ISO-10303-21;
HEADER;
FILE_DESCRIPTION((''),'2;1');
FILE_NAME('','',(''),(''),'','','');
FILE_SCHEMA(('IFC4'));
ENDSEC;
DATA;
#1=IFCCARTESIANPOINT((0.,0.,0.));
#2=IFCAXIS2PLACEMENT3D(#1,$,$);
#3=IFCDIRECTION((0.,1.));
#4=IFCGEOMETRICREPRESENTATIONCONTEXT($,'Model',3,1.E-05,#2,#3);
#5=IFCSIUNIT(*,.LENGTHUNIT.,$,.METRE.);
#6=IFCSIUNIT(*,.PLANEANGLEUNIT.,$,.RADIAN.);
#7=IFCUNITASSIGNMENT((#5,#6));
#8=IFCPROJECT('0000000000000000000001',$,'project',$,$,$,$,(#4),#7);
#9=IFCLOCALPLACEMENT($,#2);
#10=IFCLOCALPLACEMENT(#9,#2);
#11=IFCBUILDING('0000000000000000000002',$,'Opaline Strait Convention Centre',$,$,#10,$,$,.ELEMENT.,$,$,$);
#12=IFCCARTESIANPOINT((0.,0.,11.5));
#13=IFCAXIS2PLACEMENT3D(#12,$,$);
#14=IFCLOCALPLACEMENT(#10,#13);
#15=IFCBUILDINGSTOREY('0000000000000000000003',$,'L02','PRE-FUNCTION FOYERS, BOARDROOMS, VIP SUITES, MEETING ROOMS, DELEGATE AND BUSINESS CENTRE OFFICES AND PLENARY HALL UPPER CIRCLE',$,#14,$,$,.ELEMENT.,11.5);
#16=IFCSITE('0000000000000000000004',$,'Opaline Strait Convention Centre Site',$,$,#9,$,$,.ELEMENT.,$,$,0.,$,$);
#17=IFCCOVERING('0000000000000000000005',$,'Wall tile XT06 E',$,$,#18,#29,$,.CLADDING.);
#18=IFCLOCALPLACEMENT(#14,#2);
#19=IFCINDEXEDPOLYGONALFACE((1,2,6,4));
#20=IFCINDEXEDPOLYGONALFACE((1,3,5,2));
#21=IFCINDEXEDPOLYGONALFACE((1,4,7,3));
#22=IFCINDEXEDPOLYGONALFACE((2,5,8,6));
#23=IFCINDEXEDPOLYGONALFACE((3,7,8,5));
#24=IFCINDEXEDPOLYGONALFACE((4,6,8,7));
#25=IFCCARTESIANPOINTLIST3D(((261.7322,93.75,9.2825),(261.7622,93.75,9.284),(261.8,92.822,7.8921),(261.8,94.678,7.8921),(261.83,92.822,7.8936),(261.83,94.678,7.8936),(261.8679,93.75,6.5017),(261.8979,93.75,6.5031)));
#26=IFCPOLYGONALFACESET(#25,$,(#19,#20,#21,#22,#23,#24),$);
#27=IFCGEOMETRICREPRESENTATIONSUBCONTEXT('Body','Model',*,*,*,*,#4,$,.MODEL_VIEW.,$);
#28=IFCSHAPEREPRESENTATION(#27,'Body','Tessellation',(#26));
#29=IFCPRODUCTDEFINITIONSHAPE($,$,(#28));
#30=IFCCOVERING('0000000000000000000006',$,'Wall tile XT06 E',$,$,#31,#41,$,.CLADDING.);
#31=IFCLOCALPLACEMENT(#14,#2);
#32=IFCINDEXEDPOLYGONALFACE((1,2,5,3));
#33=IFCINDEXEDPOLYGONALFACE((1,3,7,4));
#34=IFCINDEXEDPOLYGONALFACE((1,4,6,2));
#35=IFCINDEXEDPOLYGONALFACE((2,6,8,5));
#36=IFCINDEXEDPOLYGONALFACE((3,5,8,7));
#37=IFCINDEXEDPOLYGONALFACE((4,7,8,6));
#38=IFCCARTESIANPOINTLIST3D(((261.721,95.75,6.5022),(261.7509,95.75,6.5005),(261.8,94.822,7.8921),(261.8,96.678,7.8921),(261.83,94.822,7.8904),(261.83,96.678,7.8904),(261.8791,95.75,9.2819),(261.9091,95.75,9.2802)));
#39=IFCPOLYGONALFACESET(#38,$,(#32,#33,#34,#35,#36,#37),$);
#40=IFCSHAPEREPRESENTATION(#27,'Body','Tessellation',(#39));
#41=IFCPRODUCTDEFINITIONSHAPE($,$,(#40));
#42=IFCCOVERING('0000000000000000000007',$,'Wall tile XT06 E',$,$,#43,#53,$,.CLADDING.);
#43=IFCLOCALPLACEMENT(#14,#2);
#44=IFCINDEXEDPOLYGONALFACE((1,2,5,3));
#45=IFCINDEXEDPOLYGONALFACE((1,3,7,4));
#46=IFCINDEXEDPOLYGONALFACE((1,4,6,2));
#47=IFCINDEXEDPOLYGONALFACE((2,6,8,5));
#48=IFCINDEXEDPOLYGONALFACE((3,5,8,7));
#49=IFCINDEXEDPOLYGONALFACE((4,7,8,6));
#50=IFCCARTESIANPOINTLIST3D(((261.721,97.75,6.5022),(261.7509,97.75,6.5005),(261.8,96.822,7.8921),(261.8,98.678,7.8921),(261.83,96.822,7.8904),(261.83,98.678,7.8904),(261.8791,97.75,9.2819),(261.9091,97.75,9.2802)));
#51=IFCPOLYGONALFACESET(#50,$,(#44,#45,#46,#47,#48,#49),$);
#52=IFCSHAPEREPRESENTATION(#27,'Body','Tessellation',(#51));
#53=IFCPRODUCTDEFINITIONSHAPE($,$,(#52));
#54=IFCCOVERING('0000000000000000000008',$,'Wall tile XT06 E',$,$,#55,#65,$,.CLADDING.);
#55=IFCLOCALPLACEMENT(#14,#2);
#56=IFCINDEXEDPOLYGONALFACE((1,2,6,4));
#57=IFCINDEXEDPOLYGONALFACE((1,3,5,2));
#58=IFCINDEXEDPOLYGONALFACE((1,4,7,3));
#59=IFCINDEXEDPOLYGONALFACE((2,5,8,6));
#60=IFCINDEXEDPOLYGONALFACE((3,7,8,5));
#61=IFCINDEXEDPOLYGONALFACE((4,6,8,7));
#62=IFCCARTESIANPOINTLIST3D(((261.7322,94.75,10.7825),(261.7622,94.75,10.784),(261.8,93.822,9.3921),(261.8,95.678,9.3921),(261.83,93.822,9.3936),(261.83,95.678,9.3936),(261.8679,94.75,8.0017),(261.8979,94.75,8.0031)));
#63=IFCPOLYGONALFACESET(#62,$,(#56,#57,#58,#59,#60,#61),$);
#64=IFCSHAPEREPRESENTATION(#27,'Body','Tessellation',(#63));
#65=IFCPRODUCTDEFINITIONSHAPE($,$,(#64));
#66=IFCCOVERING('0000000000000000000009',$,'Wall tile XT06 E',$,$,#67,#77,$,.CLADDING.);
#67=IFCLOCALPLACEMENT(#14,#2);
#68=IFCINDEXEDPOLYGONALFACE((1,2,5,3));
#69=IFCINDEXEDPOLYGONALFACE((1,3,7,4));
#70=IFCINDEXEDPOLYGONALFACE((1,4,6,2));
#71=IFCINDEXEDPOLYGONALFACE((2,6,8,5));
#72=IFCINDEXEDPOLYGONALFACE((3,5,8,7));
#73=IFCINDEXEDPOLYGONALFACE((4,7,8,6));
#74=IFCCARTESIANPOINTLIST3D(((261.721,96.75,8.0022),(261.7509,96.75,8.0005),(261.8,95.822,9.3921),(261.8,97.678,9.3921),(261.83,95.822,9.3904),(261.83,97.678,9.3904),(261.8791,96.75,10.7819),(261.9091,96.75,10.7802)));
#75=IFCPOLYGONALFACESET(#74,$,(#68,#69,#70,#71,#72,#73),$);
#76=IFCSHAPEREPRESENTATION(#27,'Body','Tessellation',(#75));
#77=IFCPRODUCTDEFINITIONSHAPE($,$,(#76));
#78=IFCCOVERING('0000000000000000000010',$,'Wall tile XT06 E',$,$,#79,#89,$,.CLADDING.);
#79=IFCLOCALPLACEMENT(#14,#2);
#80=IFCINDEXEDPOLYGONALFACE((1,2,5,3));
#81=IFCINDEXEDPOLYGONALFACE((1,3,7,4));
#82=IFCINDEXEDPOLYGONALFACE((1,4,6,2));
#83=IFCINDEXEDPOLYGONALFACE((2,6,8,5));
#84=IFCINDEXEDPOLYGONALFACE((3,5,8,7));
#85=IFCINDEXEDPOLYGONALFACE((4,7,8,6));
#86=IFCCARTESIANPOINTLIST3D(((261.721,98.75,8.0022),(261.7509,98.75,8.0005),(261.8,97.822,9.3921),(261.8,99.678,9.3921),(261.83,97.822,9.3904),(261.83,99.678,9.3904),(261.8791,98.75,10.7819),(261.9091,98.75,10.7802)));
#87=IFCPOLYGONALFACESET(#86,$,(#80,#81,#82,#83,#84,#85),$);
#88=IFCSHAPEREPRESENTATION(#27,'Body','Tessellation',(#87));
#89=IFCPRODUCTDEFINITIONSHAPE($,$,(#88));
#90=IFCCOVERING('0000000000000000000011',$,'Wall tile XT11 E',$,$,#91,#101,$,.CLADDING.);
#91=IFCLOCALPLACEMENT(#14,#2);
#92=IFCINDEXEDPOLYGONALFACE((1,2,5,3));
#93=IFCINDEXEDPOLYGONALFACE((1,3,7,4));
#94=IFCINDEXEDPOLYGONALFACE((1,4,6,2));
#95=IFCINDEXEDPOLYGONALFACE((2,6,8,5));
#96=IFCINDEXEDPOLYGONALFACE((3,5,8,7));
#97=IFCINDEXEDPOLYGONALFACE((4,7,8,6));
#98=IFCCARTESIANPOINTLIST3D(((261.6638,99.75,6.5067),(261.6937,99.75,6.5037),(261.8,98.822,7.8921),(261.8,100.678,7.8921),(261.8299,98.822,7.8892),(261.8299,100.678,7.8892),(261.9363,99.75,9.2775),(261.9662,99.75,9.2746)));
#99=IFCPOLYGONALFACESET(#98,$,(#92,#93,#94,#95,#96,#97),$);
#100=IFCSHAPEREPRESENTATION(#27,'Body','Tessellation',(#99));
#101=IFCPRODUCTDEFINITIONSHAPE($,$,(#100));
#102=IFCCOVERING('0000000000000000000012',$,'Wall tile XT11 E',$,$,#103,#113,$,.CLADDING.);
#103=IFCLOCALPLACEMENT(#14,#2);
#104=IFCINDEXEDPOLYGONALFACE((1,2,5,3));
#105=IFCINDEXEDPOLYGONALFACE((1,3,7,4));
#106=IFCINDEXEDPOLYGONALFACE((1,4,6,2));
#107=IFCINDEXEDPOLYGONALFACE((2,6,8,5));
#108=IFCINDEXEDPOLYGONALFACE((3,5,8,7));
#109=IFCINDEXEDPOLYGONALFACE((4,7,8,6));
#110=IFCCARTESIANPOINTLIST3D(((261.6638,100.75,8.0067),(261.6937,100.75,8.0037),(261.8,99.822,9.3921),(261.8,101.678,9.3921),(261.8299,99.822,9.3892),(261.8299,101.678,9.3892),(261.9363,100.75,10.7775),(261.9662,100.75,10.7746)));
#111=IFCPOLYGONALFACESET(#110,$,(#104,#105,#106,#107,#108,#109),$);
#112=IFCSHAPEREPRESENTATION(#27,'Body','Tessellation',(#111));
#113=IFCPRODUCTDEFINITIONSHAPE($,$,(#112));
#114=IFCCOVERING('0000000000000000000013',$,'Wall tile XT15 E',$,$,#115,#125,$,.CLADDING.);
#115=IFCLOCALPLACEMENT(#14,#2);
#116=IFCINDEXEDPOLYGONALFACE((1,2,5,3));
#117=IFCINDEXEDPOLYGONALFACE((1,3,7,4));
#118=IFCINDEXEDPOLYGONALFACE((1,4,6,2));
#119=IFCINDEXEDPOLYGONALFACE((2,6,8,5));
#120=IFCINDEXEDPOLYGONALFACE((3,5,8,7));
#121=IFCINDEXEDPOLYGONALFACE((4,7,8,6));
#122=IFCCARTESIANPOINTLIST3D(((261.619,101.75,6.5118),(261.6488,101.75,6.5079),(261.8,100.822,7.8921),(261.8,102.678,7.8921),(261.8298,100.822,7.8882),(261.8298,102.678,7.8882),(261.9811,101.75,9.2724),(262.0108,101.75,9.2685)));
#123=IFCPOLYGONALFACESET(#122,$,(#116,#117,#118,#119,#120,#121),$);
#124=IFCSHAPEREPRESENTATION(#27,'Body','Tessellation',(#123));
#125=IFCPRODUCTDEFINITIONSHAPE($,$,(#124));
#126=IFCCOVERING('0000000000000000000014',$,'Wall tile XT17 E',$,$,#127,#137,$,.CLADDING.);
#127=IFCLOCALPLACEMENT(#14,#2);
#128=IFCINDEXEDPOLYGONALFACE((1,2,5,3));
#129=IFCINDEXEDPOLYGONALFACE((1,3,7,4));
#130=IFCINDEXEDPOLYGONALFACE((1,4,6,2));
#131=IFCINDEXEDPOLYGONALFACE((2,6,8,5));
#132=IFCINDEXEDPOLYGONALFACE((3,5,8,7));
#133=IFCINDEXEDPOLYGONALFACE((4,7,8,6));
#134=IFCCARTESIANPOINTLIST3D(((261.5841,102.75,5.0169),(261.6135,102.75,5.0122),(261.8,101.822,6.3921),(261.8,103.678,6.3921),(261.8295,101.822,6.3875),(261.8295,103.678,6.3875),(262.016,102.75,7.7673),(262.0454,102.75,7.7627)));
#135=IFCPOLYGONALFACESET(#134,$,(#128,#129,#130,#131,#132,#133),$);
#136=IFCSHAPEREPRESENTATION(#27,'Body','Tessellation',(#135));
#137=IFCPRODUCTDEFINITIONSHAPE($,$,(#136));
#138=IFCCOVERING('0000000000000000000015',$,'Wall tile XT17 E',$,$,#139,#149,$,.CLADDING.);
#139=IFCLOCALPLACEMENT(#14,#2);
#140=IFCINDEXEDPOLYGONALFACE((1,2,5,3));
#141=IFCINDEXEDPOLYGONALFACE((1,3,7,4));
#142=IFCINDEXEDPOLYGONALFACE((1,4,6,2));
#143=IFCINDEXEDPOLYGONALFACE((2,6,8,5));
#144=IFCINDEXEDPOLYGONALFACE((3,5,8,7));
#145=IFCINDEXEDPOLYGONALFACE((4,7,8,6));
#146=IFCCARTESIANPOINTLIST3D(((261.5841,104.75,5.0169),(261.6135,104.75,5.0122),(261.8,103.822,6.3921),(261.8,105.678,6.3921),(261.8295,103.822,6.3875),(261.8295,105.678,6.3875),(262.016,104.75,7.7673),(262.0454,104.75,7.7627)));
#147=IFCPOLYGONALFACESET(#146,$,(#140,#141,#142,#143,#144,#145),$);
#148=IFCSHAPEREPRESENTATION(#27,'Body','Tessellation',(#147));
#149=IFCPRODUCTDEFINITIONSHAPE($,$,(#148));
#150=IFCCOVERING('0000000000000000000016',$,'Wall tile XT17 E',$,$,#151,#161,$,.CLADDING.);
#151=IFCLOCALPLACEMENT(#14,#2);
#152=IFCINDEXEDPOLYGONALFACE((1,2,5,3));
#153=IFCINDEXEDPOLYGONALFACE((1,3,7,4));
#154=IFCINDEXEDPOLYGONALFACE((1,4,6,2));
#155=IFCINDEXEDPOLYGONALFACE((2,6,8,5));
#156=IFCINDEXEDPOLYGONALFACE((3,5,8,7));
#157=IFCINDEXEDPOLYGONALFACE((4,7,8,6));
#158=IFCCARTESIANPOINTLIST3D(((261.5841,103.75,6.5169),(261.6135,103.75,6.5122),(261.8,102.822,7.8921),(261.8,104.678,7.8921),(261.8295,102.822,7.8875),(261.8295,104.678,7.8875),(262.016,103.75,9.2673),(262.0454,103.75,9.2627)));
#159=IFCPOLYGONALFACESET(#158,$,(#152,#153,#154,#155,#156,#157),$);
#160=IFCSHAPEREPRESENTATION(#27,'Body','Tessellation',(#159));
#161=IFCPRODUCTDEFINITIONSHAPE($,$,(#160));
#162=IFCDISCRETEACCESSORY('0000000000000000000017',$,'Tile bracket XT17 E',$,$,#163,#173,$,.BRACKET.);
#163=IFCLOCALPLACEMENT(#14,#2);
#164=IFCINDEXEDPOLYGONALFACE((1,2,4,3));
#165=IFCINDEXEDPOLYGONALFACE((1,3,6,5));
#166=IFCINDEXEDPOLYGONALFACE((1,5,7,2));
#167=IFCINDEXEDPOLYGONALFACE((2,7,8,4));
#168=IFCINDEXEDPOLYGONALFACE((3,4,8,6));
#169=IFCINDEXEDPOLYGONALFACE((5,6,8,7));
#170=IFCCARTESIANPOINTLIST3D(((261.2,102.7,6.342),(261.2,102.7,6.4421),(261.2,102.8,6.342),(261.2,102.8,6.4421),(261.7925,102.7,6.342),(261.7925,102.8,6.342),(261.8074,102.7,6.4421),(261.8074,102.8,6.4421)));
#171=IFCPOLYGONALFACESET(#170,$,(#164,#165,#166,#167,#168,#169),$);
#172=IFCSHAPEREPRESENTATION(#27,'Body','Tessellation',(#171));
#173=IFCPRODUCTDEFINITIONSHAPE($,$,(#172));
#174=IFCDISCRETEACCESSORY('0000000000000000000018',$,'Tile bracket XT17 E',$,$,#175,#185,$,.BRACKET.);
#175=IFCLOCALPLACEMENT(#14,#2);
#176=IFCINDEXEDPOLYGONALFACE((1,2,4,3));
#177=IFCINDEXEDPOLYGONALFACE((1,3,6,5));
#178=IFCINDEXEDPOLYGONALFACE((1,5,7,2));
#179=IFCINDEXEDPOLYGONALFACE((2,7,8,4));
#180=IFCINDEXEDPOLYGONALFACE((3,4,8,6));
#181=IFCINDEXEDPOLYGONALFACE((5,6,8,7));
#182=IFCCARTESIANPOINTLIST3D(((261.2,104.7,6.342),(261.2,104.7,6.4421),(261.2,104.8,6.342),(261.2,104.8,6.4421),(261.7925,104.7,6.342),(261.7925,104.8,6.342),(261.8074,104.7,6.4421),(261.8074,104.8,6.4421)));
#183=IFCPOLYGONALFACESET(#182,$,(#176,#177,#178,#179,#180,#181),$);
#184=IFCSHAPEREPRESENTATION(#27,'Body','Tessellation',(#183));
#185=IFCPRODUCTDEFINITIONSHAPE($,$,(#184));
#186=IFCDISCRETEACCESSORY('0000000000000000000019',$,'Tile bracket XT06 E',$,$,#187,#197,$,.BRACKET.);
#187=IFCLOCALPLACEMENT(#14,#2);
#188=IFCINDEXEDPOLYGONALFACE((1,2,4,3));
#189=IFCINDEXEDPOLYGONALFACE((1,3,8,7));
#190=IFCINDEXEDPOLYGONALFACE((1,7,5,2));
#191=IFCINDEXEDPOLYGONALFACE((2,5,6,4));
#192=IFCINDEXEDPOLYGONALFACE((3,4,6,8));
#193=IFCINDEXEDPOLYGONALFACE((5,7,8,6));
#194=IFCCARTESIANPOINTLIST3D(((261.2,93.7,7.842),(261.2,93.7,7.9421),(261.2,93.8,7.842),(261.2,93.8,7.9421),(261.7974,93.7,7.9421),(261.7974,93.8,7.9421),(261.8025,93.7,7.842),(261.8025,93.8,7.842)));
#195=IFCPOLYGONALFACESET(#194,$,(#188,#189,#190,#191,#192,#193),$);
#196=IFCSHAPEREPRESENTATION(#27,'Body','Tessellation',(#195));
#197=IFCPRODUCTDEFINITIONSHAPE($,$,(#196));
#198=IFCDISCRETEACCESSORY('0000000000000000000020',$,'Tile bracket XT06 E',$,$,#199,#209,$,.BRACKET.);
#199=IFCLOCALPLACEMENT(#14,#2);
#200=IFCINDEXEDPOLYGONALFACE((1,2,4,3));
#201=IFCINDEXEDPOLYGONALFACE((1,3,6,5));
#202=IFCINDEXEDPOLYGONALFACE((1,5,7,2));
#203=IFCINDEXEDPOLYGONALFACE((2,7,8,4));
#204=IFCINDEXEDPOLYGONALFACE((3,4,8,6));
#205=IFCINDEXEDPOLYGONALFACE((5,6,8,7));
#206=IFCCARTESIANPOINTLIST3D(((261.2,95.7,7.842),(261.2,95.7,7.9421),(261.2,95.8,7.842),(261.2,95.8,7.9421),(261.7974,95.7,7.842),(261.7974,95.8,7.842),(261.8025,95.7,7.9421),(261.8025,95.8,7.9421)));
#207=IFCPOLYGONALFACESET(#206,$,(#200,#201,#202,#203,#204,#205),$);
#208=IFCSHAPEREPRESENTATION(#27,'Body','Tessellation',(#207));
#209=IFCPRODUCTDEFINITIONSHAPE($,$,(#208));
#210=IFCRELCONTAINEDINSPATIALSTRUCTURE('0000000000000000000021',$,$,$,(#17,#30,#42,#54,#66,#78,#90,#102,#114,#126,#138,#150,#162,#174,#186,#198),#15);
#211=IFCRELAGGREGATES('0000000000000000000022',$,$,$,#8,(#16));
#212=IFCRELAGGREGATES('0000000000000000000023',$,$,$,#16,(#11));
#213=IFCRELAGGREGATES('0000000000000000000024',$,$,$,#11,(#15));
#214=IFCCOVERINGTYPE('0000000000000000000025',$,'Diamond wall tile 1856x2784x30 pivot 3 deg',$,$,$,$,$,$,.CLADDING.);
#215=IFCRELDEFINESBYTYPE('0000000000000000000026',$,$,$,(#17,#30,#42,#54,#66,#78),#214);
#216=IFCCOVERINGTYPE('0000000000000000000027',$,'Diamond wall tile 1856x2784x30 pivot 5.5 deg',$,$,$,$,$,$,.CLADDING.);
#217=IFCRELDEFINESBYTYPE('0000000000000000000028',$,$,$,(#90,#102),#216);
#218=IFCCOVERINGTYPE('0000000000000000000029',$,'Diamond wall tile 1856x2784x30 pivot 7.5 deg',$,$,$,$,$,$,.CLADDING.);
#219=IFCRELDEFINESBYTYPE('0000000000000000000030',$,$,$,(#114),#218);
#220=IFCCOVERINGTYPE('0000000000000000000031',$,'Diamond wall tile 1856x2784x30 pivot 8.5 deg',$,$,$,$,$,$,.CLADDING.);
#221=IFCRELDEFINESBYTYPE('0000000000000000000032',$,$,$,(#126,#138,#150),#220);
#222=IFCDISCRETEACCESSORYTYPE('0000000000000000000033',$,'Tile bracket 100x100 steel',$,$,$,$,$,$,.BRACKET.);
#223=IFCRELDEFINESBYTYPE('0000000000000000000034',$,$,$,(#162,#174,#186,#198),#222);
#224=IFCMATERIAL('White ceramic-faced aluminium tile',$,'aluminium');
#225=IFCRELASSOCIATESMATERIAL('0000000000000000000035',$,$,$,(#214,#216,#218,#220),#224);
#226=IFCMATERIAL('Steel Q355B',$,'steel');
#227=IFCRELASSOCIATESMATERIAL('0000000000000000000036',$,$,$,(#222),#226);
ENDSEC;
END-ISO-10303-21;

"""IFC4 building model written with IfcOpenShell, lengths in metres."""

from ifc_helpers import new_model, si_unit, direction, frame, origin, place, context, subcontext, project, spatial, polyline, outline, extrude, material, material_profile, profile_set, type_object, element, save


model = new_model("IFC4")

# Units and contexts
model_context = context("Model", 3, precision=1e-05, world=origin(), true_north=direction((0.0, 1.0)))
body_context = subcontext(model_context, "Body", "Model", "MODEL_VIEW")
ifc_project = project(units=[si_unit("LENGTHUNIT", "METRE"), si_unit("PLANEANGLEUNIT", "RADIAN")], contexts=[model_context])

# Site, building, storey
site_placement = place(None, origin())
site = spatial("IfcSite", under=ifc_project, at=site_placement, Name="Opaline Strait Convention Centre Site", CompositionType="ELEMENT", RefElevation=0.0)
building_placement = place(site_placement, origin())
building = spatial("IfcBuilding", under=site, at=building_placement, Name="Opaline Strait Convention Centre", CompositionType="ELEMENT")
storey_placement = place(building_placement, frame((0.0, 0.0, 11.5)))
storey = spatial("IfcBuildingStorey", under=building, at=storey_placement, Name="L02", Description="PRE-FUNCTION FOYERS, BOARDROOMS, VIP SUITES, MEETING ROOMS, DELEGATE AND BUSINESS CENTRE OFFICES AND PLENARY HALL UPPER CIRCLE", CompositionType="ELEMENT", Elevation=11.5)

# Coverings
ifc_material_1 = material(Name="White ceramic-faced aluminium tile", Category="aluminium")
ifc_material_profile_1 = material_profile(ifc_material_1, outline(polyline([(0.928, 0.0), (0.0, 1.3921), (-0.928, 0.0), (0.0, -1.3921), (0.928, 0.0)])), Name="Diamond tile 1856x2784")
ifc_profile_set_1 = profile_set([ifc_material_profile_1], Name="White ceramic-faced aluminium tile")
covering_type_1 = type_object("IfcCoveringType", Name="Diamond wall tile 1856x2784x30 pivot 3 deg", PredefinedType="CLADDING", material=ifc_profile_set_1)
for number, where, z_axis, x_axis, name in (
    (1, (261.8, 93.75, 7.8921), (0.998812, 0.0, 0.048723), (0.0, 1.0, 0.0), "Wall tile XT06 E"),
    (2, (261.8, 95.75, 7.8921), (0.998385, 0.0, -0.056819), (0.0, 1.0, 0.0), "Wall tile XT06 E"),
    (3, (261.8, 97.75, 7.8921), (0.998385, 0.0, -0.056819), (0.0, 1.0, 0.0), "Wall tile XT06 E"),
    (4, (261.8, 94.75, 9.3921), (0.998812, 0.0, 0.048723), (0.0, 1.0, 0.0), "Wall tile XT06 E"),
    (5, (261.8, 96.75, 9.3921), (0.998385, 0.0, -0.056819), (0.0, 1.0, 0.0), "Wall tile XT06 E"),
    (6, (261.8, 98.75, 9.3921), (0.998385, 0.0, -0.056819), (0.0, 1.0, 0.0), "Wall tile XT06 E"),
):
    element("IfcCovering", number, at=place(storey_placement, frame(where, z_axis=z_axis, x_axis=x_axis)), inside=storey, type_object=covering_type_1, Name=name, PredefinedType="CLADDING", context=body_context, shape_type="SweptSolid", body=[
        extrude(outline(polyline([(0.928, 0.0), (0.0, 1.3921), (-0.928, 0.0), (0.0, -1.3921), (0.928, 0.0)])), origin(), (0.0, 0.0, 1.0), 0.03),
    ])
ifc_material_profile_2 = material_profile(ifc_material_1, outline(polyline([(0.928, 0.0), (0.0, 1.3921), (-0.928, 0.0), (0.0, -1.3921), (0.928, 0.0)])), Name="Diamond tile 1856x2784")
ifc_profile_set_2 = profile_set([ifc_material_profile_2], Name="White ceramic-faced aluminium tile")
covering_type_2 = type_object("IfcCoveringType", Name="Diamond wall tile 1856x2784x30 pivot 5.5 deg", PredefinedType="CLADDING", material=ifc_profile_set_2)
for number, where, z_axis, x_axis, name in (
    (7, (261.8, 99.75, 7.8921), (0.995197, 0.0, -0.097888), (0.0, 1.0, 0.0), "Wall tile XT11 E"),
    (8, (261.8, 100.75, 9.3921), (0.995197, 0.0, -0.097888), (0.0, 1.0, 0.0), "Wall tile XT11 E"),
):
    element("IfcCovering", number, at=place(storey_placement, frame(where, z_axis=z_axis, x_axis=x_axis)), inside=storey, type_object=covering_type_2, Name=name, PredefinedType="CLADDING", context=body_context, shape_type="SweptSolid", body=[
        extrude(outline(polyline([(0.928, 0.0), (0.0, 1.3921), (-0.928, 0.0), (0.0, -1.3921), (0.928, 0.0)])), origin(), (0.0, 0.0, 1.0), 0.03),
    ])
ifc_material_profile_3 = material_profile(ifc_material_1, outline(polyline([(0.928, 0.0), (0.0, 1.3921), (-0.928, 0.0), (0.0, -1.3921), (0.928, 0.0)])), Name="Diamond tile 1856x2784")
ifc_profile_set_3 = profile_set([ifc_material_profile_3], Name="White ceramic-faced aluminium tile")
covering_type_3 = type_object("IfcCoveringType", Name="Diamond wall tile 1856x2784x30 pivot 7.5 deg", PredefinedType="CLADDING", material=ifc_profile_set_3)
covering_placement = place(storey_placement, frame((261.8, 101.75, 7.8921), z_axis=(0.99151, 0.0, -0.130034), x_axis=(0.0, 1.0, 0.0)))
element("IfcCovering", 9, at=covering_placement, inside=storey, type_object=covering_type_3, Name="Wall tile XT15 E", PredefinedType="CLADDING", context=body_context, shape_type="SweptSolid", body=[
    extrude(outline(polyline([(0.928, 0.0), (0.0, 1.3921), (-0.928, 0.0), (0.0, -1.3921), (0.928, 0.0)])), origin(), (0.0, 0.0, 1.0), 0.03),
])
ifc_material_profile_4 = material_profile(ifc_material_1, outline(polyline([(0.928, 0.0), (0.0, 1.3921), (-0.928, 0.0), (0.0, -1.3921), (0.928, 0.0)])), Name="Diamond tile 1856x2784")
ifc_profile_set_4 = profile_set([ifc_material_profile_4], Name="White ceramic-faced aluminium tile")
covering_type_4 = type_object("IfcCoveringType", Name="Diamond wall tile 1856x2784x30 pivot 8.5 deg", PredefinedType="CLADDING", material=ifc_profile_set_4)
for number, where, z_axis, x_axis, name in (
    (10, (261.8, 102.75, 6.3921), (0.987895, 0.0, -0.155124), (0.0, 1.0, 0.0), "Wall tile XT17 E"),
    (11, (261.8, 104.75, 6.3921), (0.987895, 0.0, -0.155124), (0.0, 1.0, 0.0), "Wall tile XT17 E"),
    (12, (261.8, 103.75, 7.8921), (0.987895, 0.0, -0.155124), (0.0, 1.0, 0.0), "Wall tile XT17 E"),
):
    element("IfcCovering", number, at=place(storey_placement, frame(where, z_axis=z_axis, x_axis=x_axis)), inside=storey, type_object=covering_type_4, Name=name, PredefinedType="CLADDING", context=body_context, shape_type="SweptSolid", body=[
        extrude(outline(polyline([(0.928, 0.0), (0.0, 1.3921), (-0.928, 0.0), (0.0, -1.3921), (0.928, 0.0)])), origin(), (0.0, 0.0, 1.0), 0.0298),
    ])

# Discrete accessories
ifc_material_2 = material(Name="Steel Q355B", Category="steel")
discrete_accessory_type = type_object("IfcDiscreteAccessoryType", Name="Tile bracket 100x100 steel", PredefinedType="BRACKET", material=ifc_material_2)
for number, where, z_axis, x_axis, name in (
    (13, (261.2, 102.7, 6.3921), (0.0, 1.0, 0.0), (-1.0, 0.0, 0.0), "Tile bracket XT17 E"),
    (14, (261.2, 104.7, 6.3921), (0.0, 1.0, 0.0), (-1.0, 0.0, 0.0), "Tile bracket XT17 E"),
):
    element("IfcDiscreteAccessory", number, at=place(storey_placement, frame(where, z_axis=z_axis, x_axis=x_axis)), inside=storey, type_object=discrete_accessory_type, Name=name, PredefinedType="BRACKET", context=body_context, shape_type="SweptSolid", body=[
        extrude(outline(polyline([(0.0, -0.05), (0.0, 0.05), (-0.6074, 0.05), (-0.5925, -0.05), (0.0, -0.05)])), origin(), (0.0, 0.0, 1.0), 0.1001),
    ])
discrete_accessory_1_placement = place(storey_placement, frame((261.2, 93.7, 7.8921), z_axis=(0.0, 1.0, 0.0), x_axis=(-1.0, 0.0, 0.0)))
element("IfcDiscreteAccessory", 15, at=discrete_accessory_1_placement, inside=storey, type_object=discrete_accessory_type, Name="Tile bracket XT06 E", PredefinedType="BRACKET", context=body_context, shape_type="SweptSolid", body=[
    extrude(outline(polyline([(0.0, -0.05), (0.0, 0.05), (-0.5974, 0.05), (-0.6025, -0.05), (0.0, -0.05)])), origin(), (0.0, 0.0, 1.0), 0.1001),
])
for number, where, z_axis, x_axis, name in (
    (16, (261.2, 95.7, 7.8921), (0.0, 1.0, 0.0), (-1.0, 0.0, 0.0), "Tile bracket XT06 E"),
):
    element("IfcDiscreteAccessory", number, at=place(storey_placement, frame(where, z_axis=z_axis, x_axis=x_axis)), inside=storey, type_object=discrete_accessory_type, Name=name, PredefinedType="BRACKET", context=body_context, shape_type="SweptSolid", body=[
        extrude(outline(polyline([(0.0, -0.05), (0.0, 0.05), (-0.6025, 0.05), (-0.5974, -0.05), (0.0, -0.05)])), origin(), (0.0, 0.0, 1.0), 0.1001),
    ])

save(model, "model.ifc")
